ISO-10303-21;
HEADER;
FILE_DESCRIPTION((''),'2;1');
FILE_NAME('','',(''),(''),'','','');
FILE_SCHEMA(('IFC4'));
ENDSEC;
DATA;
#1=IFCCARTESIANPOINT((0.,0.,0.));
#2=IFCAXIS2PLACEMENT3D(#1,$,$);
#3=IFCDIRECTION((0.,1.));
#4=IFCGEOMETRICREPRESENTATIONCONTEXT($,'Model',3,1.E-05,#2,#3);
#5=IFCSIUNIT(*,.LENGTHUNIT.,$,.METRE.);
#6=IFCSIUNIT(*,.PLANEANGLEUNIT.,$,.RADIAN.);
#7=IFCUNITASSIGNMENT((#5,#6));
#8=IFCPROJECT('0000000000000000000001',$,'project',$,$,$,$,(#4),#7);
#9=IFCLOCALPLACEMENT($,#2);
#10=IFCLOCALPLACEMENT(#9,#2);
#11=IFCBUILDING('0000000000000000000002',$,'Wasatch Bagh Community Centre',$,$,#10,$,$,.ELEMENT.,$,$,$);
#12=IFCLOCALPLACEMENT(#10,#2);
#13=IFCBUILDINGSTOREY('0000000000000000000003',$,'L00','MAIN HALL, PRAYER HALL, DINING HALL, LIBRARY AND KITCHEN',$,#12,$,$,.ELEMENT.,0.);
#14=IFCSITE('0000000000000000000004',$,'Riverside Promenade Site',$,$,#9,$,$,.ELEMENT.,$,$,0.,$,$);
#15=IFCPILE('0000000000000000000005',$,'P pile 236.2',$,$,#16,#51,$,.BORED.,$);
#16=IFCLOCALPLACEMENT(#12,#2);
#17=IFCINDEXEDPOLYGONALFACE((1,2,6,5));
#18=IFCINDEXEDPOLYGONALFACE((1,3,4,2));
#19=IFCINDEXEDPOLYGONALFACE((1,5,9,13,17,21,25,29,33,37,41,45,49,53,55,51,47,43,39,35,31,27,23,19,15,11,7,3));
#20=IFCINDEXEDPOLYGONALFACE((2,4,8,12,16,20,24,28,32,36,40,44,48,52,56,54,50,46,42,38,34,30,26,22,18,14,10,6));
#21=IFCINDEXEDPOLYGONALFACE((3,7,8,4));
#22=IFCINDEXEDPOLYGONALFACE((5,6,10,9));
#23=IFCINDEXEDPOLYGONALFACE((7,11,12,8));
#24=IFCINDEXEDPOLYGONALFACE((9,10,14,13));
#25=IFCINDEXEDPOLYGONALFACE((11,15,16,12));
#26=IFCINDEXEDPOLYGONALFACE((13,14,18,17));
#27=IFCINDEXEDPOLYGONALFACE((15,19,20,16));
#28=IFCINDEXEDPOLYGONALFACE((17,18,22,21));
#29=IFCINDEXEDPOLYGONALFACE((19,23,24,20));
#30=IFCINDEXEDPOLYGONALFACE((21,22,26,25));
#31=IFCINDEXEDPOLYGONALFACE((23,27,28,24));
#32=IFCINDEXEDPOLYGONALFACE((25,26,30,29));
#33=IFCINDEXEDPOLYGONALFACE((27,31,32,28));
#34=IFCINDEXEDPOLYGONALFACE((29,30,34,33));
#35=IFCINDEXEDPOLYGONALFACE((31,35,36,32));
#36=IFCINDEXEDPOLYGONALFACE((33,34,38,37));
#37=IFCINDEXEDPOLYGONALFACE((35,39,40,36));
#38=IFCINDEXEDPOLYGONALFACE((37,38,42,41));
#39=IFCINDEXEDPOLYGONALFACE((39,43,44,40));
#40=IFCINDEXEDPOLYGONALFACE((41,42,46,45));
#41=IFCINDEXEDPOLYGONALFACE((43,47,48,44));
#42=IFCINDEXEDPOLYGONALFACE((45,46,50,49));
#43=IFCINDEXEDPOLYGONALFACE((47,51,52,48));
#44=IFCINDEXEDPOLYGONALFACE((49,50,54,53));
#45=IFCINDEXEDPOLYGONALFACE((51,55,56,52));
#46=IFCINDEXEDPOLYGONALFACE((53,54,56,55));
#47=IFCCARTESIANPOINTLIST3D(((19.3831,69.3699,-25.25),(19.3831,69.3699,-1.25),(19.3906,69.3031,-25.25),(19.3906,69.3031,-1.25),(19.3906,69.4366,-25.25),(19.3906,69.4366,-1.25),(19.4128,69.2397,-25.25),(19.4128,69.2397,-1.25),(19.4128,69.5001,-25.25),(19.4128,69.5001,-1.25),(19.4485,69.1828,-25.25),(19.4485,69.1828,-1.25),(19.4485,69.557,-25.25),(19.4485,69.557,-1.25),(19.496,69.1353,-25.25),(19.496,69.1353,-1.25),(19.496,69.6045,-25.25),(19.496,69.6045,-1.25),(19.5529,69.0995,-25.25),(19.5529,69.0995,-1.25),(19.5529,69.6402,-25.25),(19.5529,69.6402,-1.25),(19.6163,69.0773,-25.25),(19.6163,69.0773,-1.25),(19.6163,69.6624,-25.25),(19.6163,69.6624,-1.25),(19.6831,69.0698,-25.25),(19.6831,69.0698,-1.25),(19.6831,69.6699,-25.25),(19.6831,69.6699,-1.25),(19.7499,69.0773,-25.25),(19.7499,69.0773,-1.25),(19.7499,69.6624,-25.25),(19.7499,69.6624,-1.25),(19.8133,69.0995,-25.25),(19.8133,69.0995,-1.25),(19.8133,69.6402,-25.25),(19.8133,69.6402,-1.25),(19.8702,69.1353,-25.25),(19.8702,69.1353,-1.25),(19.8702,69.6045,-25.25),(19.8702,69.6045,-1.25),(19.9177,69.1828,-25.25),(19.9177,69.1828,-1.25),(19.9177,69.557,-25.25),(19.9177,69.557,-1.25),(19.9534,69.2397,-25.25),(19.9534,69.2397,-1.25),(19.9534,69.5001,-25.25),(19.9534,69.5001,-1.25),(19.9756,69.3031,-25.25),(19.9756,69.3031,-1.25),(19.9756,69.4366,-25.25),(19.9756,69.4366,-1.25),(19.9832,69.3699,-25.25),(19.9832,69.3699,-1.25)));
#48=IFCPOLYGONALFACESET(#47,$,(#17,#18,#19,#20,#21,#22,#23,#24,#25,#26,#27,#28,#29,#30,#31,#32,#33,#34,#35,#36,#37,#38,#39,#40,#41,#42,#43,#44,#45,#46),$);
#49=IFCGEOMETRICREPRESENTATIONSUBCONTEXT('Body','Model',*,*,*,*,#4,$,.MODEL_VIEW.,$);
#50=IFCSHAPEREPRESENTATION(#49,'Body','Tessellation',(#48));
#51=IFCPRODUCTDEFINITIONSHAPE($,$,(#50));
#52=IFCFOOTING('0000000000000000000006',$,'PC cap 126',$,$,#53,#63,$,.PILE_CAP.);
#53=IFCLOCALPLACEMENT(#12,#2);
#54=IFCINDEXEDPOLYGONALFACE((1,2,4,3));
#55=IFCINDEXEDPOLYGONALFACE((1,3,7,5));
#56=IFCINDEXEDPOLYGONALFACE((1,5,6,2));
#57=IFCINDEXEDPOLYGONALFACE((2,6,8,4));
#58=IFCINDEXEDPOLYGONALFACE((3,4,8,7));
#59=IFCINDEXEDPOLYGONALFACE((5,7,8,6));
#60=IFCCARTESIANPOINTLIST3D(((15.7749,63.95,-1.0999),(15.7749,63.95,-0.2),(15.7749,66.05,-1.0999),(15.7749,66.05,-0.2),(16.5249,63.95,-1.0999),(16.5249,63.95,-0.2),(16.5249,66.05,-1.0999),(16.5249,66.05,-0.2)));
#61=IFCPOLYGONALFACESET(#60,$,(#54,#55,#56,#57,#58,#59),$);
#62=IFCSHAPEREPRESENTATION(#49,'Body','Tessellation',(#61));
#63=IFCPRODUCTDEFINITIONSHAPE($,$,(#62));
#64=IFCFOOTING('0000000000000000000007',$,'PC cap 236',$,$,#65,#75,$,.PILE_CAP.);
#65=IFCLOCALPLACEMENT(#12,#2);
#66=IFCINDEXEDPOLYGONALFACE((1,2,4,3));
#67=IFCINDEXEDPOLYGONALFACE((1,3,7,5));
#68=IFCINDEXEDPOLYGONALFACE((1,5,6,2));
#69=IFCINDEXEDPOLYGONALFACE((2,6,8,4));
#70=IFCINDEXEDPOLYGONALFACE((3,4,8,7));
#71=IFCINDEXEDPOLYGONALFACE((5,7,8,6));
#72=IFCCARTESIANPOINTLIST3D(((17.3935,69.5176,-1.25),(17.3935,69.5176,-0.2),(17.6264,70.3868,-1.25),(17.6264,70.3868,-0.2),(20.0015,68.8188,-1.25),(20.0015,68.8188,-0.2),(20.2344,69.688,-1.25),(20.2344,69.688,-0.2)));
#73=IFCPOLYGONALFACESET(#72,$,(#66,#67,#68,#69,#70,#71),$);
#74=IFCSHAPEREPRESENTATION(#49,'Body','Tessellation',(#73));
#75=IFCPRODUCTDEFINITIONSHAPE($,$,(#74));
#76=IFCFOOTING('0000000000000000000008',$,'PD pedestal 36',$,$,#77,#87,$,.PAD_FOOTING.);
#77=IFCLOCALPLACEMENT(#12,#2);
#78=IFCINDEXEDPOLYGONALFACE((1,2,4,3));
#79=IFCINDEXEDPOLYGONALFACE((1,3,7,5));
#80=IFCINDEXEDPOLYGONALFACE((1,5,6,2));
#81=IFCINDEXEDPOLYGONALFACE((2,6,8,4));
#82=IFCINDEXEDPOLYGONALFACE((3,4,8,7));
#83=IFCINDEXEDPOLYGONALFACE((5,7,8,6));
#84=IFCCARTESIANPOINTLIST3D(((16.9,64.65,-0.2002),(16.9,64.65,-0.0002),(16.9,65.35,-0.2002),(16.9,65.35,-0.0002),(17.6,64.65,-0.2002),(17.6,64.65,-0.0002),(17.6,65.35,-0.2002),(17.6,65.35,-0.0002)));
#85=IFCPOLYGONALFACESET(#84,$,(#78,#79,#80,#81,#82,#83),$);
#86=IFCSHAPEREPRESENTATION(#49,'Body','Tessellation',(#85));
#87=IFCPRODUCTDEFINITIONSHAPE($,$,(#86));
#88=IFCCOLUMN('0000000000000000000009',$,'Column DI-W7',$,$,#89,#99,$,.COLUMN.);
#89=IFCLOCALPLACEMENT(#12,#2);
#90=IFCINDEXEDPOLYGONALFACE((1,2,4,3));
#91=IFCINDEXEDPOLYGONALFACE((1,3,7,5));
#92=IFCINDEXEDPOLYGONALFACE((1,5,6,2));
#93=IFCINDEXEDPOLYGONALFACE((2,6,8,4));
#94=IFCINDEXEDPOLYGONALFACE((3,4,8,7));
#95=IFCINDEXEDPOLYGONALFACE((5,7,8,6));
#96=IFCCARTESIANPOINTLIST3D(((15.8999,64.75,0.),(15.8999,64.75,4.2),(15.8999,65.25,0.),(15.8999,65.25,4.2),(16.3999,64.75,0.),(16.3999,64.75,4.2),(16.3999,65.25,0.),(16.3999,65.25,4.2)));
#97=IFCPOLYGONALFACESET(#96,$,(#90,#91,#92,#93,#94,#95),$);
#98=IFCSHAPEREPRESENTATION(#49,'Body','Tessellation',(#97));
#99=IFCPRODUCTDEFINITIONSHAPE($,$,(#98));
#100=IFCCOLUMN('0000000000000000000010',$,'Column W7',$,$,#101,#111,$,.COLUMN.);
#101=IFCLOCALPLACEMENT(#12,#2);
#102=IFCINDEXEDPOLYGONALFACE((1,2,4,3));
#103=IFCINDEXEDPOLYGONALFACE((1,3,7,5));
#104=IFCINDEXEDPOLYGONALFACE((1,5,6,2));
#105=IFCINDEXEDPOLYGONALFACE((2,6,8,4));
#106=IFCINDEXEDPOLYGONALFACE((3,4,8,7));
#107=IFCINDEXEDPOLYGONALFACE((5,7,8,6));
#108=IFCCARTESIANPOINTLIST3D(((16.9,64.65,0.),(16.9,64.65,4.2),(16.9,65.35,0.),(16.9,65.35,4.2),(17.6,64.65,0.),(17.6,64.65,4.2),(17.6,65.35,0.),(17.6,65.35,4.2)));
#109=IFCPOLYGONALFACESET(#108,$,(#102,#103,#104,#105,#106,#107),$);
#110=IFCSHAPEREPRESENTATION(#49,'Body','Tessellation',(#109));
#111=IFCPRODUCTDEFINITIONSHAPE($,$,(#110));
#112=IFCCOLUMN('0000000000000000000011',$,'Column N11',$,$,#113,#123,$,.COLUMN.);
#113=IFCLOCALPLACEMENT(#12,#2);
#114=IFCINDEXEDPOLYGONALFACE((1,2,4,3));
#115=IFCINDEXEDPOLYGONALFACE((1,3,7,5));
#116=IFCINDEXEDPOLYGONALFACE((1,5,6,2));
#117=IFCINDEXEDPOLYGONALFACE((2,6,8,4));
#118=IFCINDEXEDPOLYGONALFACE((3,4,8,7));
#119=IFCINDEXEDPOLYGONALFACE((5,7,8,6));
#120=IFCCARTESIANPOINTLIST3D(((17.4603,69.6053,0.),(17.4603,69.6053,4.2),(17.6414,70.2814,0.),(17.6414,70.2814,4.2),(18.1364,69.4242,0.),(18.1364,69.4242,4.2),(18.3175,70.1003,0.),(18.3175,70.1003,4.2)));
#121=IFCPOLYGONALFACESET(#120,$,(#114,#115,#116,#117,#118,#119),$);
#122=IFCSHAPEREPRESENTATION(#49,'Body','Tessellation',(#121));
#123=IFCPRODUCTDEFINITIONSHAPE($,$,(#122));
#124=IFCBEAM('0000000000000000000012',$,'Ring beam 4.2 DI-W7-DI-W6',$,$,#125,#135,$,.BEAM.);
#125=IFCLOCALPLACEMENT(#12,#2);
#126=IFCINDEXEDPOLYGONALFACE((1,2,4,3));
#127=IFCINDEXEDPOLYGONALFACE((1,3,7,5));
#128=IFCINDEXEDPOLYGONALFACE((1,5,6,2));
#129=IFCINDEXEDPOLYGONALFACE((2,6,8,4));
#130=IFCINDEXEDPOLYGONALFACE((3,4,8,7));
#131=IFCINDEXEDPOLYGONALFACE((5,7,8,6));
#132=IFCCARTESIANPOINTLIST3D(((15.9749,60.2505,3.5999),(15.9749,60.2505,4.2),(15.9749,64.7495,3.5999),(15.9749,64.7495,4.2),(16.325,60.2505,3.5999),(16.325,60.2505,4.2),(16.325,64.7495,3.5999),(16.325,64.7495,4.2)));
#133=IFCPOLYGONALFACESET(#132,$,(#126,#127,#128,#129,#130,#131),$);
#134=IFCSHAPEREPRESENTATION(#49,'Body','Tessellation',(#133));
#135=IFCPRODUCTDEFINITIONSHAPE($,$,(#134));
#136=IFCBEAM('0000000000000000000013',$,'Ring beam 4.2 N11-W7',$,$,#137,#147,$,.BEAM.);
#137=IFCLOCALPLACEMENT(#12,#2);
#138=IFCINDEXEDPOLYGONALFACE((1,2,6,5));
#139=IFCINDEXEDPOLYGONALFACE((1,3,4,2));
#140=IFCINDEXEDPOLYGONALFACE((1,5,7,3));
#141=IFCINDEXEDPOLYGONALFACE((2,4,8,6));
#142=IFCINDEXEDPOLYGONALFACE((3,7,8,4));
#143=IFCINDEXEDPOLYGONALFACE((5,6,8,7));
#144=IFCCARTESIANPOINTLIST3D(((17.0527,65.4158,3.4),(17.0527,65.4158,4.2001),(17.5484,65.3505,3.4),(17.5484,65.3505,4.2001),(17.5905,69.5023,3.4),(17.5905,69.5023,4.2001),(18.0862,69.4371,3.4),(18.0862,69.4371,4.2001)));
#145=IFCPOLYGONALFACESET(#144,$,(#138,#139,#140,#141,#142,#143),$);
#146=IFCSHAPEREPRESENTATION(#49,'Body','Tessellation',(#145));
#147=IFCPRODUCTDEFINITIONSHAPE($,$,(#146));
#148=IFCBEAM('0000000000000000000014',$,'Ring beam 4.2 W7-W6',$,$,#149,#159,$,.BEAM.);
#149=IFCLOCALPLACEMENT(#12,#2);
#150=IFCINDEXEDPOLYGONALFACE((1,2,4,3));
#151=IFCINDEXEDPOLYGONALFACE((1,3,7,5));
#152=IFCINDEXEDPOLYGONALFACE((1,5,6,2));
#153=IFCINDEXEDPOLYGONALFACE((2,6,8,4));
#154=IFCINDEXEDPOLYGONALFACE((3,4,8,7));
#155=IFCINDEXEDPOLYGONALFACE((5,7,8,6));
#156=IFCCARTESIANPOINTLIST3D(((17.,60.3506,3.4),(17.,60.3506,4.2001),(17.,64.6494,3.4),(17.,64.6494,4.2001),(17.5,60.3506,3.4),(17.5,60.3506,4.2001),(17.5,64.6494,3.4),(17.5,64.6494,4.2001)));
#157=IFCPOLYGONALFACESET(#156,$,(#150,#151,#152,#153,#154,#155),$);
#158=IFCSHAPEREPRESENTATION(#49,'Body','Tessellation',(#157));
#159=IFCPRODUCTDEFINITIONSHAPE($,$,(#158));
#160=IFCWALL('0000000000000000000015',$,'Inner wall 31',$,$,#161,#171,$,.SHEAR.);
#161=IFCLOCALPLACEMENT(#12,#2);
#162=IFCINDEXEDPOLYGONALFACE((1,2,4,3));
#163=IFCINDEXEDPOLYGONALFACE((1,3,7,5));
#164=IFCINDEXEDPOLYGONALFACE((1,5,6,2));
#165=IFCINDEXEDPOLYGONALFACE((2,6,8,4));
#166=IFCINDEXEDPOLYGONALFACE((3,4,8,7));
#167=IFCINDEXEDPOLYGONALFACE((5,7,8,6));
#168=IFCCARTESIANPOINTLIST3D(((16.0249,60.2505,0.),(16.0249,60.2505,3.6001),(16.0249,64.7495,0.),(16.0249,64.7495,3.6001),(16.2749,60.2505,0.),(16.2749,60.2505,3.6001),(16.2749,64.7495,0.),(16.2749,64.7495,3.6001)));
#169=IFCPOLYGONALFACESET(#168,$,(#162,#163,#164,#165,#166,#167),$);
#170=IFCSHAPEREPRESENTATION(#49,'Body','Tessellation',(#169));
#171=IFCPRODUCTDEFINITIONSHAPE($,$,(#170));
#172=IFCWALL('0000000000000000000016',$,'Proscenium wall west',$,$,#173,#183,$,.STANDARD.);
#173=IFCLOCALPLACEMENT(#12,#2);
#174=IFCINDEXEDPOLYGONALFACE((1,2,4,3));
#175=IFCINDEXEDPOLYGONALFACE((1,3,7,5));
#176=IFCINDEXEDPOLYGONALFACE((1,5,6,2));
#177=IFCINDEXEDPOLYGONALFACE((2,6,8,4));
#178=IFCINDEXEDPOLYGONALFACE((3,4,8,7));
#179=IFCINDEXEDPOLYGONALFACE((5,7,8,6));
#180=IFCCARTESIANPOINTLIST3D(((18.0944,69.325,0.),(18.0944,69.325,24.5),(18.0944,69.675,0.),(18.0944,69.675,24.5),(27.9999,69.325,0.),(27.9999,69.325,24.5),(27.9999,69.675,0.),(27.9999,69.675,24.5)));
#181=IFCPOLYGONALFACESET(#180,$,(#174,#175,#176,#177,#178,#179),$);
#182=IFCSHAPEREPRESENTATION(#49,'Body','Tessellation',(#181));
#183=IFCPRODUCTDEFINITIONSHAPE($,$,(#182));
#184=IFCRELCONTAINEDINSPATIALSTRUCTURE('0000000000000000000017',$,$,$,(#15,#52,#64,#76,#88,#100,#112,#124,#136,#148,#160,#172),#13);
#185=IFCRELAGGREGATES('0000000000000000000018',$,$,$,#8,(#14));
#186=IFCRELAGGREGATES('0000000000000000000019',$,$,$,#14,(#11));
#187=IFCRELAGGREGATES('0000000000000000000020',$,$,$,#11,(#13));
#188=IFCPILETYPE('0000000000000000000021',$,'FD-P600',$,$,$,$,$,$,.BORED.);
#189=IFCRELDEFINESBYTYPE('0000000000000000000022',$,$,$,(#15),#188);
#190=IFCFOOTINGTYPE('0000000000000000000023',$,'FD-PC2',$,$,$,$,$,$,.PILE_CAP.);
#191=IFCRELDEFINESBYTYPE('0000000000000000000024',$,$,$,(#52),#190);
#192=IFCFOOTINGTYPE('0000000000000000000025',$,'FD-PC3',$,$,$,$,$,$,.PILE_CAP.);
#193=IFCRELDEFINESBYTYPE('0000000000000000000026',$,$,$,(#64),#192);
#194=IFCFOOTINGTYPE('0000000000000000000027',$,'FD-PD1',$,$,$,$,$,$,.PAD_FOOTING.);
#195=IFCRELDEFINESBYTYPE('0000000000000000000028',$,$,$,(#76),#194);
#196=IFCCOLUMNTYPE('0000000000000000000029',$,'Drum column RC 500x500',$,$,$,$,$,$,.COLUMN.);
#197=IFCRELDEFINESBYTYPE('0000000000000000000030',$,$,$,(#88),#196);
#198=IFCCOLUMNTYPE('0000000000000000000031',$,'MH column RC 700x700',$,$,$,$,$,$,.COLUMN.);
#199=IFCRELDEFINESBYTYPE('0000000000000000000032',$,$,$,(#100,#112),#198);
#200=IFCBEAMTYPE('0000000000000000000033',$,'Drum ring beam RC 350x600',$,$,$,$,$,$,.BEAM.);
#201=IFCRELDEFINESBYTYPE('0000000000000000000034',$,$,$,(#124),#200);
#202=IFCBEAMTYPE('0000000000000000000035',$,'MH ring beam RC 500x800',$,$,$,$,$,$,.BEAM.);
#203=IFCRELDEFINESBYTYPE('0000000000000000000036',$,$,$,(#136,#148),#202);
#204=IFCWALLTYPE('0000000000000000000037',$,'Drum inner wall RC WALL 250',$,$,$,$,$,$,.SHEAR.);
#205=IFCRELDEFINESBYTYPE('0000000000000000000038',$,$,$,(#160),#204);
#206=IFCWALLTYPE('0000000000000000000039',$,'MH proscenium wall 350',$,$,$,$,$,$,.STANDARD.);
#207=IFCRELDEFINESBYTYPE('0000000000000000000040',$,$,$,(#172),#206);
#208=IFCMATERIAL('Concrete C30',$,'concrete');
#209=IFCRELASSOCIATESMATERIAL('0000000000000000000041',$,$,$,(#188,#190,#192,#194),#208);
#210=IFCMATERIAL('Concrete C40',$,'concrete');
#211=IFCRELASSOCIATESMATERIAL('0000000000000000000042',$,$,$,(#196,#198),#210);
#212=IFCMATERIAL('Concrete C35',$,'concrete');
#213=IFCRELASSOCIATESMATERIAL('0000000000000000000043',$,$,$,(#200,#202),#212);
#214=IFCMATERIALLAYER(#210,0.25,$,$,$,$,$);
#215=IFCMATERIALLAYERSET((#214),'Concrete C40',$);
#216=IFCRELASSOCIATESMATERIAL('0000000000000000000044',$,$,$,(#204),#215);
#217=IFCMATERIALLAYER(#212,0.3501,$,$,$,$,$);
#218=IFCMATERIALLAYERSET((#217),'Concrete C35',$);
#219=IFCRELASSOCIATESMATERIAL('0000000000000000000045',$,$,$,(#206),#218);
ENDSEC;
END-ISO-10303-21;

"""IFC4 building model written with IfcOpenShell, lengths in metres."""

from ifc_helpers import new_model, si_unit, direction, frame, frame_2d, origin, origin_2d, place, context, subcontext, project, spatial, rectangle, circle, extrude, material, layer, layer_set, material_profile, profile_set, type_object, element, save


model = new_model("IFC4")

# Units and contexts
model_context = context("Model", 3, precision=1e-05, world=origin(), true_north=direction((0.0, 1.0)))
body_context = subcontext(model_context, "Body", "Model", "MODEL_VIEW")
ifc_project = project(units=[si_unit("LENGTHUNIT", "METRE"), si_unit("PLANEANGLEUNIT", "RADIAN")], contexts=[model_context])

# Site, building, storey
site_placement = place(None, origin())
site = spatial("IfcSite", under=ifc_project, at=site_placement, Name="Riverside Promenade Site", CompositionType="ELEMENT", RefElevation=0.0)
building_placement = place(site_placement, origin())
building = spatial("IfcBuilding", under=site, at=building_placement, Name="Wasatch Bagh Community Centre", CompositionType="ELEMENT")
storey_placement = place(building_placement, origin())
storey = spatial("IfcBuildingStorey", under=building, at=storey_placement, Name="L00", Description="MAIN HALL, PRAYER HALL, DINING HALL, LIBRARY AND KITCHEN", CompositionType="ELEMENT", Elevation=0.0)

# Shared definitions
ifc_material_1 = material(Name="Concrete C35", Category="concrete")

# Pile
ifc_material_2 = material(Name="Concrete C30", Category="concrete")
ifc_material_profile_1 = material_profile(ifc_material_2, circle(Radius=0.3, at=origin_2d()), Name="RC D600")
ifc_profile_set_1 = profile_set([ifc_material_profile_1], Name="Concrete C30")
pile_type_1 = type_object("IfcPileType", Name="FD-P600", PredefinedType="BORED", material=ifc_profile_set_1)
for number, where, z_axis, x_axis, name in (
    (1, (19.6831, 69.3699, -1.25), (0.0, 0.0, -1.0), (1.0, 0.0, 0.0), "P pile 236.2"),
):
    element("IfcPile", number, at=place(storey_placement, frame(where, z_axis=z_axis, x_axis=x_axis)), inside=storey, type_object=pile_type_1, Name=name, PredefinedType="BORED", context=body_context, shape_type="SweptSolid", body=[
        extrude(circle(Radius=0.3, at=origin_2d()), origin(), (0.0, 0.0, 1.0), 24.0),
    ])

# Footings
footing_type_1 = type_object("IfcFootingType", Name="FD-PC2", PredefinedType="PILE_CAP", material=ifc_material_2)
footing_1_placement = place(storey_placement, frame((16.1499, 65.0, -1.0999), z_axis=(0.0, 0.0, 1.0), x_axis=(0.0, 1.0, 0.0)))
element("IfcFooting", 2, at=footing_1_placement, inside=storey, type_object=footing_type_1, Name="PC cap 126", PredefinedType="PILE_CAP", context=body_context, shape_type="SweptSolid", body=[
    extrude(rectangle(XDim=2.1001, YDim=0.75, at=origin_2d()), origin(), (0.0, 0.0, 1.0), 0.8999),
])
footing_type_2 = type_object("IfcFootingType", Name="FD-PC3", PredefinedType="PILE_CAP", material=ifc_material_2)
footing_2_placement = place(storey_placement, frame((18.814, 69.6028, -1.25), z_axis=(0.0, 0.0, 1.0), x_axis=(0.965926, -0.258819, 0.0)))
element("IfcFooting", 3, at=footing_2_placement, inside=storey, type_object=footing_type_2, Name="PC cap 236", PredefinedType="PILE_CAP", context=body_context, shape_type="SweptSolid", body=[
    extrude(rectangle(XDim=2.7, YDim=0.8999, at=origin_2d()), origin(), (0.0, 0.0, 1.0), 1.05),
])
footing_type_3 = type_object("IfcFootingType", Name="FD-PD1", PredefinedType="PAD_FOOTING", material=ifc_material_2)
footing_3_placement = place(storey_placement, frame((17.25, 65.0, -0.2002), z_axis=(0.0, 0.0, 1.0), x_axis=(1.0, 0.0, 0.0)))
element("IfcFooting", 4, at=footing_3_placement, inside=storey, type_object=footing_type_3, Name="PD pedestal 36", PredefinedType="PAD_FOOTING", context=body_context, shape_type="SweptSolid", body=[
    extrude(rectangle(XDim=0.7, YDim=0.7, at=origin_2d()), origin(), (0.0, 0.0, 1.0), 0.2),
])

# Columns
ifc_material_3 = material(Name="Concrete C40", Category="concrete")
ifc_material_profile_2 = material_profile(ifc_material_3, rectangle(XDim=0.5, YDim=0.5, at=origin_2d()), Name="RC 500x500")
ifc_profile_set_2 = profile_set([ifc_material_profile_2], Name="Concrete C40")
column_type_1 = type_object("IfcColumnType", Name="Drum column RC 500x500", PredefinedType="COLUMN", material=ifc_profile_set_2)
column_placement = place(storey_placement, frame((16.1499, 65.0, 0.0), z_axis=(0.0, 0.0, 1.0), x_axis=(1.0, 0.0, 0.0)))
element("IfcColumn", 5, at=column_placement, inside=storey, type_object=column_type_1, Name="Column DI-W7", PredefinedType="COLUMN", context=body_context, shape_type="SweptSolid", body=[
    extrude(rectangle(XDim=0.5, YDim=0.5, at=origin_2d()), origin(), (0.0, 0.0, 1.0), 4.2),
])
ifc_material_profile_3 = material_profile(ifc_material_3, rectangle(XDim=0.7, YDim=0.7, at=origin_2d()), Name="RC 700x700")
ifc_profile_set_3 = profile_set([ifc_material_profile_3], Name="Concrete C40")
column_type_2 = type_object("IfcColumnType", Name="MH column RC 700x700", PredefinedType="COLUMN", material=ifc_profile_set_3)
for number, where, z_axis, x_axis, name in (
    (6, (17.25, 65.0, 0.0), (0.0, 0.0, 1.0), (1.0, 0.0, 0.0), "Column W7"),
    (7, (17.8889, 69.8528, 0.0), (0.0, 0.0, 1.0), (0.258819, 0.965926, 0.0), "Column N11"),
):
    element("IfcColumn", number, at=place(storey_placement, frame(where, z_axis=z_axis, x_axis=x_axis)), inside=storey, type_object=column_type_2, Name=name, PredefinedType="COLUMN", context=body_context, shape_type="SweptSolid", body=[
        extrude(rectangle(XDim=0.7, YDim=0.7, at=origin_2d()), origin(), (0.0, 0.0, 1.0), 4.2),
    ])

# Beams
ifc_material_profile_4 = material_profile(ifc_material_1, rectangle(XDim=0.3501, YDim=0.6001, at=origin_2d()), Name="RC 350x600")
ifc_profile_set_4 = profile_set([ifc_material_profile_4], Name="Concrete C35")
beam_type_1 = type_object("IfcBeamType", Name="Drum ring beam RC 350x600", PredefinedType="BEAM", material=ifc_profile_set_4)
beam_1_placement = place(storey_placement, frame((16.1499, 64.7495, 3.8999), z_axis=(0.0, -1.0, 0.0), x_axis=(1.0, 0.0, 0.0)))
element("IfcBeam", 8, at=beam_1_placement, inside=storey, type_object=beam_type_1, Name="Ring beam 4.2 DI-W7-DI-W6", PredefinedType="BEAM", context=body_context, shape_type="SweptSolid", body=[
    extrude(rectangle(XDim=0.3501, YDim=0.6001, at=origin_2d()), origin(), (0.0, 0.0, 1.0), 4.499),
])
ifc_material_profile_5 = material_profile(ifc_material_1, rectangle(XDim=0.5, YDim=0.8, at=origin_2d()), Name="RC 500x800")
ifc_profile_set_5 = profile_set([ifc_material_profile_5], Name="Concrete C35")
beam_type_2 = type_object("IfcBeamType", Name="MH ring beam RC 500x800", PredefinedType="BEAM", material=ifc_profile_set_5)
beam_2_placement = place(storey_placement, frame((17.8384, 69.4697, 3.8), z_axis=(-0.130484, -0.99145, 0.0), x_axis=(0.99145, -0.130484, 0.0)))
element("IfcBeam", 9, at=beam_2_placement, inside=storey, type_object=beam_type_2, Name="Ring beam 4.2 N11-W7", PredefinedType="BEAM", context=body_context, shape_type="SweptSolid", body=[
    extrude(rectangle(XDim=0.5, YDim=0.8, at=origin_2d()), origin(), (0.0, 0.0, 1.0), 4.1218),
])
beam_3_placement = place(storey_placement, frame((17.25, 64.6494, 3.8), z_axis=(0.0, -1.0, 0.0), x_axis=(1.0, 0.0, 0.0)))
element("IfcBeam", 10, at=beam_3_placement, inside=storey, type_object=beam_type_2, Name="Ring beam 4.2 W7-W6", PredefinedType="BEAM", context=body_context, shape_type="SweptSolid", body=[
    extrude(rectangle(XDim=0.5, YDim=0.8, at=origin_2d()), origin(), (0.0, 0.0, 1.0), 4.2988),
])

# Walls
ifc_layer_1 = layer(ifc_material_3, 0.25)
ifc_layer_set_1 = layer_set([ifc_layer_1], Name="Concrete C40")
wall_type_1 = type_object("IfcWallType", Name="Drum inner wall RC WALL 250", PredefinedType="SHEAR", material=ifc_layer_set_1)
wall_1_placement = place(storey_placement, frame((16.1499, 64.7495, 0.0), z_axis=(0.0, 0.0, 1.0), x_axis=(0.0, -1.0, 0.0)))
element("IfcWall", 11, at=wall_1_placement, inside=storey, type_object=wall_type_1, Name="Inner wall 31", PredefinedType="SHEAR", context=body_context, shape_type="SweptSolid", body=[
    extrude(rectangle(XDim=4.499, YDim=0.25, at=frame_2d((2.2495, 0.0))), origin(), (0.0, 0.0, 1.0), 3.6001),
])
ifc_layer_2 = layer(ifc_material_1, 0.3501)
ifc_layer_set_2 = layer_set([ifc_layer_2], Name="Concrete C35")
wall_type_2 = type_object("IfcWallType", Name="MH proscenium wall 350", PredefinedType="STANDARD", material=ifc_layer_set_2)
wall_2_placement = place(storey_placement, frame((18.0945, 69.5, 0.0), z_axis=(0.0, 0.0, 1.0), x_axis=(1.0, 0.0, 0.0)))
element("IfcWall", 12, at=wall_2_placement, inside=storey, type_object=wall_type_2, Name="Proscenium wall west", PredefinedType="STANDARD", context=body_context, shape_type="SweptSolid", body=[
    extrude(rectangle(XDim=9.9055, YDim=0.3501, at=frame_2d((4.9526, 0.0))), origin(), (0.0, 0.0, 1.0), 24.5),
])

save(model, "model.ifc")
